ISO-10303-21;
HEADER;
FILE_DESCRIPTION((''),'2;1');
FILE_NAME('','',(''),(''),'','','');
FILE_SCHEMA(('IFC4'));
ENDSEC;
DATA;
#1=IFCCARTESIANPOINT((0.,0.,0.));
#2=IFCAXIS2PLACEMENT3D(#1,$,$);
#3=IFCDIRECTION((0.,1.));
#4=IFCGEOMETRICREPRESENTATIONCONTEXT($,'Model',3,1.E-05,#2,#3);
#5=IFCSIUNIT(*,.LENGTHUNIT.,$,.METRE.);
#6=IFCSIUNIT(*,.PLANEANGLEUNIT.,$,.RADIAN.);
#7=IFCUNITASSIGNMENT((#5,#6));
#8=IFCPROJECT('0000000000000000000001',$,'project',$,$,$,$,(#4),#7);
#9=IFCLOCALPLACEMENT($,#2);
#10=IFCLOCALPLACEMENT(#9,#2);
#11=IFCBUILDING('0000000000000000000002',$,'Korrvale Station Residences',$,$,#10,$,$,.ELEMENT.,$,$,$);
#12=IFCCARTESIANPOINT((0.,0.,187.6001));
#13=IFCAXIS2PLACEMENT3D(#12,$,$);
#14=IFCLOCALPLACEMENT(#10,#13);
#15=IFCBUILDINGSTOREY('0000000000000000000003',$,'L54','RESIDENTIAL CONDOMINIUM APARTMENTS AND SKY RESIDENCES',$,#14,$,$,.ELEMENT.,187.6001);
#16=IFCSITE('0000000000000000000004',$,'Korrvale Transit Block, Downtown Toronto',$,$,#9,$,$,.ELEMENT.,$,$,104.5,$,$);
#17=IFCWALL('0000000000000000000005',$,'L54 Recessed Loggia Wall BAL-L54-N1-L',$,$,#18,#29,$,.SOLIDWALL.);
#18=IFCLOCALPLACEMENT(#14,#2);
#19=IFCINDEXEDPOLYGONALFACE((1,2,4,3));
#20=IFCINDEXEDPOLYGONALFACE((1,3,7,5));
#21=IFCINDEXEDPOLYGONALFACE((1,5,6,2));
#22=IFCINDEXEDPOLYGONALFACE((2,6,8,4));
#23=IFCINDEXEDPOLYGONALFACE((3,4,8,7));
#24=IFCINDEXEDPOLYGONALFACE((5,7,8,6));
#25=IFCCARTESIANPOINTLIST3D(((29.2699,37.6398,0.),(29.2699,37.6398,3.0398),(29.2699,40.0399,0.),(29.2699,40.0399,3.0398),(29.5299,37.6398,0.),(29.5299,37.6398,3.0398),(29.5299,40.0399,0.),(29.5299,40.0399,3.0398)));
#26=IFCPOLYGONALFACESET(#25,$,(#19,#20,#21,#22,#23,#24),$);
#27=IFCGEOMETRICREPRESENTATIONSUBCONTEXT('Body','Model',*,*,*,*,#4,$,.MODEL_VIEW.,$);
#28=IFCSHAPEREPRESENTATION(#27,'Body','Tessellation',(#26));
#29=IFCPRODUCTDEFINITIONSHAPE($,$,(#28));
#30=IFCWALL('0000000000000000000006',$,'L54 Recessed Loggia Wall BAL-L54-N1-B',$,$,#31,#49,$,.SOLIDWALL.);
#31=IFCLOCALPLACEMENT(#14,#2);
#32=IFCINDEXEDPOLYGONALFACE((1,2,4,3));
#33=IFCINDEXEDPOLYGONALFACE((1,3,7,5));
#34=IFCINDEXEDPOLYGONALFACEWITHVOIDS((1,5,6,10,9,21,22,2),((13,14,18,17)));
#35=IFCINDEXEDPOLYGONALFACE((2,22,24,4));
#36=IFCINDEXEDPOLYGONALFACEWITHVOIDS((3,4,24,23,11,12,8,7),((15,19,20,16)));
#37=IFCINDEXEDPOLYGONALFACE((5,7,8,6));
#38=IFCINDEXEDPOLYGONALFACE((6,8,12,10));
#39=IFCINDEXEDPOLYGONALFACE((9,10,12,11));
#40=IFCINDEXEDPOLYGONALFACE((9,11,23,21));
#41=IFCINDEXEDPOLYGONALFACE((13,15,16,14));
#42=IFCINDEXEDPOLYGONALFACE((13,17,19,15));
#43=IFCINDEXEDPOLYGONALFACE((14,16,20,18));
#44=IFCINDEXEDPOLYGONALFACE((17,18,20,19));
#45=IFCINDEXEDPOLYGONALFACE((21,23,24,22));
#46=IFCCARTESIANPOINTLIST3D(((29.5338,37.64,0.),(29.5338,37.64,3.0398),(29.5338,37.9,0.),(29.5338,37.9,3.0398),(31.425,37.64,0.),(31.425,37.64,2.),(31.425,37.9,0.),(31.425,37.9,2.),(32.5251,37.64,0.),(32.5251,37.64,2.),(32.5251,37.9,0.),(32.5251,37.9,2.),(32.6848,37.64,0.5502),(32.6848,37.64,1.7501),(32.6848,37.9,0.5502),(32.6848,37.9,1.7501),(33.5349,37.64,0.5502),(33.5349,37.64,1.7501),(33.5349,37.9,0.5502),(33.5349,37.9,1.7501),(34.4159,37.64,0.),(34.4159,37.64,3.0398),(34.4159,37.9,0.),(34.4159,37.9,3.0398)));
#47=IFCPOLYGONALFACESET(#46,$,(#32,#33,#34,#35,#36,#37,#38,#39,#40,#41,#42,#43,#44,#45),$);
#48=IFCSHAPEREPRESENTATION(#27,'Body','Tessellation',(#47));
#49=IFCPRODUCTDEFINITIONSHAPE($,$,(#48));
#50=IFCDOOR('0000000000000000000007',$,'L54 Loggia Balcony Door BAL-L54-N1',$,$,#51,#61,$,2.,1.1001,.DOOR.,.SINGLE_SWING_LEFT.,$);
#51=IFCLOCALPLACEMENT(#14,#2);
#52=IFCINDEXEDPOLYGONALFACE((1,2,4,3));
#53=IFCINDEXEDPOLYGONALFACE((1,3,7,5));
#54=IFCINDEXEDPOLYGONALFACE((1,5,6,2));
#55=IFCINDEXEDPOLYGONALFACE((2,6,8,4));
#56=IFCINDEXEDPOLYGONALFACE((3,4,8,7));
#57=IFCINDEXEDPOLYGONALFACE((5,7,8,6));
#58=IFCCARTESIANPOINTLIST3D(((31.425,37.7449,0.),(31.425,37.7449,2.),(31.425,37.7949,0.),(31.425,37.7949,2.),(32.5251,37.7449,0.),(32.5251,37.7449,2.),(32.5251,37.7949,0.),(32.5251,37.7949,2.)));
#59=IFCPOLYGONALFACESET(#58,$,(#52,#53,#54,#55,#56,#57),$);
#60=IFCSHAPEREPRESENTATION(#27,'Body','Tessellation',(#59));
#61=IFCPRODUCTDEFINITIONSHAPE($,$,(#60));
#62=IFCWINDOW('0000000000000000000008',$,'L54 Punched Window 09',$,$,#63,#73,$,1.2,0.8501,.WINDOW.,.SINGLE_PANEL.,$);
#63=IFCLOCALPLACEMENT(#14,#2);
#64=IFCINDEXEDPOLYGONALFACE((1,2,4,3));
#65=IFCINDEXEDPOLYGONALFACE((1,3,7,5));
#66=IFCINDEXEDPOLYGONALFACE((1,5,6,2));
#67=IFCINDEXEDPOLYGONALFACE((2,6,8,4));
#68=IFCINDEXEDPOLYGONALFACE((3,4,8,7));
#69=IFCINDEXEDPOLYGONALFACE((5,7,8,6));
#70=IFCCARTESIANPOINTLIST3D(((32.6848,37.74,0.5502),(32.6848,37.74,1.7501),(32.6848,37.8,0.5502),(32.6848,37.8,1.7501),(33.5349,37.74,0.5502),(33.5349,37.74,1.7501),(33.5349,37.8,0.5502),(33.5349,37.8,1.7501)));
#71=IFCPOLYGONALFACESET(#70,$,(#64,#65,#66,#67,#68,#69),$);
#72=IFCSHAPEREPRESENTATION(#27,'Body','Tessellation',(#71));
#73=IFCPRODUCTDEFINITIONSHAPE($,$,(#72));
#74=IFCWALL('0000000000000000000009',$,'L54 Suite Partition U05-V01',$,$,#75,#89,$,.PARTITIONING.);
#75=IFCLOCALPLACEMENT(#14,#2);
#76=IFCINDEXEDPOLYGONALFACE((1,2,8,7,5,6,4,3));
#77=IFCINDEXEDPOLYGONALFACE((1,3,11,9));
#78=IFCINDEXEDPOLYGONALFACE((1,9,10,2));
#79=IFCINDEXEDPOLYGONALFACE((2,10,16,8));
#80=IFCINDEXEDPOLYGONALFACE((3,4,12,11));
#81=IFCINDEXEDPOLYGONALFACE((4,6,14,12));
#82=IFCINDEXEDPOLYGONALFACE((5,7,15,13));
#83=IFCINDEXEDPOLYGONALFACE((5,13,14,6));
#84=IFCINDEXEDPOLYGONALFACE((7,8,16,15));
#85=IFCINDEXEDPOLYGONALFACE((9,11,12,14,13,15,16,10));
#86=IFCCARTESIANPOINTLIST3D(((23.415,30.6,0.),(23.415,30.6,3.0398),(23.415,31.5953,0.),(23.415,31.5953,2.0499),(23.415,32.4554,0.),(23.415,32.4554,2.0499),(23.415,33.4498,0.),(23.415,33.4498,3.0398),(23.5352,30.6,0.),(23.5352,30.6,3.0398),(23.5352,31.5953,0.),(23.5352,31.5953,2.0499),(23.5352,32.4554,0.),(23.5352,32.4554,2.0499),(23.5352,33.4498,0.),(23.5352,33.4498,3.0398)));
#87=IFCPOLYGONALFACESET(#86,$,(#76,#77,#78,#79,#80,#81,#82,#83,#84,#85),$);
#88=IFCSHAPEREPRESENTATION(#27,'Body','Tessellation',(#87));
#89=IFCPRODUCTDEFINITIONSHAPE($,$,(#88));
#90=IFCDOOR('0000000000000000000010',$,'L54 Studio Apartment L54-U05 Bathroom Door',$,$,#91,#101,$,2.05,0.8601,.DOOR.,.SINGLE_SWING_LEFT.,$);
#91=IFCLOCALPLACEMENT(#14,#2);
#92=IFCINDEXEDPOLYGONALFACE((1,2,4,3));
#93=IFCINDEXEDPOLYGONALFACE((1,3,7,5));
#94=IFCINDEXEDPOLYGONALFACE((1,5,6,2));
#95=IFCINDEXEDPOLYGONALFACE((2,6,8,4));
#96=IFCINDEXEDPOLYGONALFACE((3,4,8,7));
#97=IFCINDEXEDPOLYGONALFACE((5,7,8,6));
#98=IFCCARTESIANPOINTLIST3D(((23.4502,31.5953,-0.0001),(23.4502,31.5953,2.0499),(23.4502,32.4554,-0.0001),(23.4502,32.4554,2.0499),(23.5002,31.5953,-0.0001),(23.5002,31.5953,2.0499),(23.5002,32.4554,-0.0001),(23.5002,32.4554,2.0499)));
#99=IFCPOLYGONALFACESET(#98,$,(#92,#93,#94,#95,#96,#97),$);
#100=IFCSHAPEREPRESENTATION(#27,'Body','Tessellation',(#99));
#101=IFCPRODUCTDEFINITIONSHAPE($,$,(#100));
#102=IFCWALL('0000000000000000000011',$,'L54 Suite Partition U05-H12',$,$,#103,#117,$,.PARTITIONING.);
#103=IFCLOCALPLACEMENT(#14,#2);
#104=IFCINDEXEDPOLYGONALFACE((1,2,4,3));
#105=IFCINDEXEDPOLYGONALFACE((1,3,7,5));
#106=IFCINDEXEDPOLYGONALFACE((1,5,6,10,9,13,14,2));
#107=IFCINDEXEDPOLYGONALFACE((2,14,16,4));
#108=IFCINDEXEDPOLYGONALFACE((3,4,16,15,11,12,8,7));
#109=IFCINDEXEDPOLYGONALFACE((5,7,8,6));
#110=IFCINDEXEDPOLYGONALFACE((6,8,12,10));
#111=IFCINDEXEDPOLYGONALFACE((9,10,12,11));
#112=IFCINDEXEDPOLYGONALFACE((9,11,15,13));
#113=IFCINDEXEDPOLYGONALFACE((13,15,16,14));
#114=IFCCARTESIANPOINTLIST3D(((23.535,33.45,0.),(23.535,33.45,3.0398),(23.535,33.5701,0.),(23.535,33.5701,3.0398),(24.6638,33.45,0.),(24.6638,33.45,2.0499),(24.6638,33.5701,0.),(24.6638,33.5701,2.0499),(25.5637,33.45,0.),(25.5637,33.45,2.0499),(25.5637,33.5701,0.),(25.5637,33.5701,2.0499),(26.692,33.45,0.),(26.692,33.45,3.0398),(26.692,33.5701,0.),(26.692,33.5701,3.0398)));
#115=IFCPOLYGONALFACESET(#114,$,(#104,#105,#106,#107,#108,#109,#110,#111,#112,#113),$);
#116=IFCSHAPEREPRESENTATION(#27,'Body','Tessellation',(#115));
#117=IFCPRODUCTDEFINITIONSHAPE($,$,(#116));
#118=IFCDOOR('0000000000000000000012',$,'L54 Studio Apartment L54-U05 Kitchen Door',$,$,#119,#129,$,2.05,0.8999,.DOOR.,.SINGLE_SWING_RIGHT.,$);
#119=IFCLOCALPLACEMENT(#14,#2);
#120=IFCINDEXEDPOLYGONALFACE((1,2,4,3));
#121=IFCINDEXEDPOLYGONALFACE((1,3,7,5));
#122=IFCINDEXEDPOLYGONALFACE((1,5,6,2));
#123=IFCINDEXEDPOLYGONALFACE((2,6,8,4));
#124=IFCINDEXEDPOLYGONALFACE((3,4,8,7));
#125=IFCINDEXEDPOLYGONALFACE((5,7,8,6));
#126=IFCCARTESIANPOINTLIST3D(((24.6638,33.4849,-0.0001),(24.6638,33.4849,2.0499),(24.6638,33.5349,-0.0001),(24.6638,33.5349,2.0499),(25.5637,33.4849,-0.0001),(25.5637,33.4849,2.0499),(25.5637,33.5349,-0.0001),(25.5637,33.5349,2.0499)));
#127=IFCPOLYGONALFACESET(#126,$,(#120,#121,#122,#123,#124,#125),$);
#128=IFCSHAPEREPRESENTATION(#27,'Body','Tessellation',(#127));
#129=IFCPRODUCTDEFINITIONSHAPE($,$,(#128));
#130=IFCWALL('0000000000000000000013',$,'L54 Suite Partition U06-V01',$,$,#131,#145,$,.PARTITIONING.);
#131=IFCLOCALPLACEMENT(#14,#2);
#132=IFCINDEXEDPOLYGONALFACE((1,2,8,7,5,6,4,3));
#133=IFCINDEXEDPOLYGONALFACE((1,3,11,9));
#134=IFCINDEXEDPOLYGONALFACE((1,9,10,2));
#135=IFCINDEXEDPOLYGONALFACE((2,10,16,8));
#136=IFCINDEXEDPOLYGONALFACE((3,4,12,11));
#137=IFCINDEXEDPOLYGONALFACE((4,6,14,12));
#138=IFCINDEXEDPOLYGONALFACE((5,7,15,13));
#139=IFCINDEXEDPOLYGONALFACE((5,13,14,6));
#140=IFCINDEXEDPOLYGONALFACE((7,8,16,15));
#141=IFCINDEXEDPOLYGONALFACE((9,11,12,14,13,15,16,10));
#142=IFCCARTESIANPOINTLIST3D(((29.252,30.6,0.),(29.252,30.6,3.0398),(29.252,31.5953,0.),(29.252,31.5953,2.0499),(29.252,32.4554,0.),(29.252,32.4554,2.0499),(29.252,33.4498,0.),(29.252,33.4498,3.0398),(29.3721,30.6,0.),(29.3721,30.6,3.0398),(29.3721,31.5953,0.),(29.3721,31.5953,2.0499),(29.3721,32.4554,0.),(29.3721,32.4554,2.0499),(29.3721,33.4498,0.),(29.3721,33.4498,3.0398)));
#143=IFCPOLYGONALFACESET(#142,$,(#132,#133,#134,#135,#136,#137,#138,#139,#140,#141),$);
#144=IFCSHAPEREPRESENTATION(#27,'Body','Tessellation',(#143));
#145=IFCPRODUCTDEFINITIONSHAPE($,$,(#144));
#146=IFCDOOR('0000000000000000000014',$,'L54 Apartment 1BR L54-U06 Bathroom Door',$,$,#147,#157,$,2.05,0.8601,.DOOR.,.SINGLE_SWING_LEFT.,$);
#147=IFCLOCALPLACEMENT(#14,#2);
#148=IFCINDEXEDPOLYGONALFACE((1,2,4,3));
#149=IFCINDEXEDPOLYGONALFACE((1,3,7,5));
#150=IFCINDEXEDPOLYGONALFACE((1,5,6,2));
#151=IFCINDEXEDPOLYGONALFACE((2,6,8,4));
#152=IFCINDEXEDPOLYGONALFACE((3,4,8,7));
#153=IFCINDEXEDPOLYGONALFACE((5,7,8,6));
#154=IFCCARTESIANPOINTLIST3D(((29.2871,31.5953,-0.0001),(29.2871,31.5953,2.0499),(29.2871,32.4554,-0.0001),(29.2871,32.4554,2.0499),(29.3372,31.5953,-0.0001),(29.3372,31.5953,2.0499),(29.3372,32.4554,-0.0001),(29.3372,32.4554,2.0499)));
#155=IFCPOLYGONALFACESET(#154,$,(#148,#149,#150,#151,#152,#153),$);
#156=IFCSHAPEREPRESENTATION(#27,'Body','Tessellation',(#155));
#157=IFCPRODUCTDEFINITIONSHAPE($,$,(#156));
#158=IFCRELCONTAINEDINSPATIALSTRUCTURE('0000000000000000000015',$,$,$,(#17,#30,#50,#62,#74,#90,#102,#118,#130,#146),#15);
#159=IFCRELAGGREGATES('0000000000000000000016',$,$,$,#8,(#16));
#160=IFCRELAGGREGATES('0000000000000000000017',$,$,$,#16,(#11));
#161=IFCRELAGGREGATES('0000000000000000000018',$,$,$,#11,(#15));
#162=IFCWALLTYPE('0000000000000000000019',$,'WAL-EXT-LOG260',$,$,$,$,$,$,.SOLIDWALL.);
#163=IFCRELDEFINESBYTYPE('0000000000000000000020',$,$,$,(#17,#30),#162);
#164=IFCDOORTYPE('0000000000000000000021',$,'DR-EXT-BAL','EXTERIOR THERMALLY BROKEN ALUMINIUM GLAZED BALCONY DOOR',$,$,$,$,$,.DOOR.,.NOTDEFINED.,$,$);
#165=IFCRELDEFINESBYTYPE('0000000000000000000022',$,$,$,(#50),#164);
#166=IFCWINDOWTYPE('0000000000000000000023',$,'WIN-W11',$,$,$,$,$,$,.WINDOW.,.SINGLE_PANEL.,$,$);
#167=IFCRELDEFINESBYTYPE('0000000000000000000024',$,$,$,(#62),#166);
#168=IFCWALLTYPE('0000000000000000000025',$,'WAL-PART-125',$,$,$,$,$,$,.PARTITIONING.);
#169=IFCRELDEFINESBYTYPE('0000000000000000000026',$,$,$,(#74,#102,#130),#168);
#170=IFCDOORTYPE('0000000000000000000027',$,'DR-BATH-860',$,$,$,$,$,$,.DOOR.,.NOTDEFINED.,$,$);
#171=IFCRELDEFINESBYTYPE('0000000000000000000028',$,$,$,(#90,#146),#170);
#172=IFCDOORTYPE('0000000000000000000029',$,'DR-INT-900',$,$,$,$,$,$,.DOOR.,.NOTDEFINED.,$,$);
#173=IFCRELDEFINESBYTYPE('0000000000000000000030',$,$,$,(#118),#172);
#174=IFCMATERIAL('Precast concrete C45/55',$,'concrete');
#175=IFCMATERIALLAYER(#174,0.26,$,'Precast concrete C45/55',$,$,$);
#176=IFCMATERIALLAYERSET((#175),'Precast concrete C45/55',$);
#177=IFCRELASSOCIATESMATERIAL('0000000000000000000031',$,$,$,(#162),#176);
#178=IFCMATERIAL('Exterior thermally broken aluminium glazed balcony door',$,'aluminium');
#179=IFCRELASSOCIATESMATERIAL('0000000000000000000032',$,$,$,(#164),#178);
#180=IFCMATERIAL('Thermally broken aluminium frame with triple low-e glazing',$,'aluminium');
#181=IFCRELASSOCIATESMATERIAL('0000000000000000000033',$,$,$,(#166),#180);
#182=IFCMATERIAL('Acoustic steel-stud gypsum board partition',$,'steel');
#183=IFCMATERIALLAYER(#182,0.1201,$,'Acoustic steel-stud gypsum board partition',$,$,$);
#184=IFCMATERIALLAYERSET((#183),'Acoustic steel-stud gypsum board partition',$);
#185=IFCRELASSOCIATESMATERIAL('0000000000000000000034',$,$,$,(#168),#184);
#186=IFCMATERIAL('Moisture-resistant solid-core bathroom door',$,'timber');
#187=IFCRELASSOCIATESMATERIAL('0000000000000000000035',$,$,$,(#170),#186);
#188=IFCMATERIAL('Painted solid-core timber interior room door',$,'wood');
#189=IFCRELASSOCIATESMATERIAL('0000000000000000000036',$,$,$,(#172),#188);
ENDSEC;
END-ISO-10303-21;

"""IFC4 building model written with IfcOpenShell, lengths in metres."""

from ifc_helpers import new_model, si_unit, direction, frame, frame_2d, origin, place, context, subcontext, project, spatial, rectangle, extrude, material, layer, layer_set, type_object, element, fill, save


model = new_model("IFC4")

# Units and contexts
model_context = context("Model", 3, precision=1e-05, world=origin(), true_north=direction((0.0, 1.0)))
body_context = subcontext(model_context, "Body", "Model", "MODEL_VIEW")
ifc_project = project(units=[si_unit("LENGTHUNIT", "METRE"), si_unit("PLANEANGLEUNIT", "RADIAN")], contexts=[model_context])

# Site, building, storey
site_placement = place(None, origin())
site = spatial("IfcSite", under=ifc_project, at=site_placement, Name="Korrvale Transit Block, Downtown Toronto", CompositionType="ELEMENT", RefElevation=104.5)
building_placement = place(site_placement, origin())
building = spatial("IfcBuilding", under=site, at=building_placement, Name="Korrvale Station Residences", CompositionType="ELEMENT")
storey_placement = place(building_placement, frame((0.0, 0.0, 187.6001)))
storey = spatial("IfcBuildingStorey", under=building, at=storey_placement, Name="L54", Description="RESIDENTIAL CONDOMINIUM APARTMENTS AND SKY RESIDENCES", CompositionType="ELEMENT", Elevation=187.6001)

# Wall
ifc_material_1 = material(Name="Precast concrete C45/55", Category="concrete")
ifc_layer_1 = layer(ifc_material_1, 0.26, Name="Precast concrete C45/55")
ifc_layer_set_1 = layer_set([ifc_layer_1], Name="Precast concrete C45/55")
wall_type_1 = type_object("IfcWallType", Name="WAL-EXT-LOG260", PredefinedType="SOLIDWALL", material=ifc_layer_set_1)
wall_1_placement = place(storey_placement, frame((29.3999, 40.04, 0.0), z_axis=(0.0, 0.0, 1.0), x_axis=(0.0, -1.0, 0.0)))
element("IfcWall", 1, at=wall_1_placement, inside=storey, type_object=wall_type_1, Name="L54 Recessed Loggia Wall BAL-L54-N1-L", PredefinedType="SOLIDWALL", context=body_context, shape_type="SweptSolid", body=[
    extrude(rectangle(XDim=2.4001, YDim=0.26, at=frame_2d((1.2002, 0.0))), origin(), (0.0, 0.0, 1.0), 3.0398),
])

# Wall, openings, door, window
wall_2_placement = place(storey_placement, frame((29.5339, 37.77, 0.0), z_axis=(0.0, 0.0, 1.0), x_axis=(1.0, 0.0, 0.0)))
wall_2 = element("IfcWall", 2, at=wall_2_placement, inside=storey, type_object=wall_type_1, Name="L54 Recessed Loggia Wall BAL-L54-N1-B", PredefinedType="SOLIDWALL", context=body_context, shape_type="SweptSolid", body=[
    extrude(rectangle(XDim=4.8821, YDim=0.26, at=frame_2d((2.4409, 0.0))), origin(), (0.0, 0.0, 1.0), 3.0398),
])
opening_1_placement = place(wall_2_placement, frame((1.8911, 0.0, 0.0)))
opening_1 = element("IfcOpeningElement", 3, at=opening_1_placement, cuts=wall_2, PredefinedType="OPENING", context=body_context, shape_type="SweptSolid", body=[
    extrude(rectangle(XDim=1.1001, YDim=2.0, at=frame_2d((0.55, 1.0))), frame((0.0, 0.1401, 0.0), z_axis=(0.0, -1.0, 0.0), x_axis=(1.0, 0.0, 0.0)), (0.0, 0.0, 1.0), 0.28),
])
opening_2_placement = place(wall_2_placement, frame((3.1509, 0.0, 0.55)))
opening_2 = element("IfcOpeningElement", 4, at=opening_2_placement, cuts=wall_2, PredefinedType="OPENING", context=body_context, shape_type="SweptSolid", body=[
    extrude(rectangle(XDim=0.8501, YDim=1.2, at=frame_2d((0.425, 0.6001))), frame((0.0, 0.1401, 0.0), z_axis=(0.0, -1.0, 0.0), x_axis=(1.0, 0.0, 0.0)), (0.0, 0.0, 1.0), 0.28),
])
ifc_material_2 = material(Name="Exterior thermally broken aluminium glazed balcony door", Category="aluminium")
door_type_1 = type_object("IfcDoorType", Name="DR-EXT-BAL", Description="EXTERIOR THERMALLY BROKEN ALUMINIUM GLAZED BALCONY DOOR", OperationType="NOTDEFINED", PredefinedType="DOOR", material=ifc_material_2)
door_1_placement = place(opening_1_placement, origin())
door_1 = element("IfcDoor", 5, at=door_1_placement, inside=storey, type_object=door_type_1, Name="L54 Loggia Balcony Door BAL-L54-N1", OperationType="SINGLE_SWING_LEFT", OverallHeight=2.0, OverallWidth=1.1001, PredefinedType="DOOR", context=body_context, shape_type="SweptSolid", body=[
    extrude(rectangle(XDim=1.1001, YDim=2.0, at=frame_2d((0.55, 1.0))), frame((0.0, 0.0249, 0.0), z_axis=(0.0, -1.0, 0.0), x_axis=(1.0, 0.0, 0.0)), (0.0, 0.0, 1.0), 0.05),
])
fill(opening_1, door_1)
ifc_material_3 = material(Name="Thermally broken aluminium frame with triple low-e glazing", Category="aluminium")
window_type = type_object("IfcWindowType", Name="WIN-W11", PartitioningType="SINGLE_PANEL", PredefinedType="WINDOW", material=ifc_material_3)
window_placement = place(opening_2_placement, origin())
window = element("IfcWindow", 6, at=window_placement, inside=storey, type_object=window_type, Name="L54 Punched Window 09", OverallHeight=1.2, OverallWidth=0.8501, PartitioningType="SINGLE_PANEL", PredefinedType="WINDOW", context=body_context, shape_type="SweptSolid", body=[
    extrude(rectangle(XDim=0.8501, YDim=1.2, at=frame_2d((0.425, 0.6001))), frame((0.0, 0.03, 0.0), z_axis=(0.0, -1.0, 0.0), x_axis=(1.0, 0.0, 0.0)), (0.0, 0.0, 1.0), 0.0601),
])
fill(opening_2, window)

# Walls, openings, doors
ifc_material_4 = material(Name="Acoustic steel-stud gypsum board partition", Category="steel")
ifc_layer_2 = layer(ifc_material_4, 0.1201, Name="Acoustic steel-stud gypsum board partition")
ifc_layer_set_2 = layer_set([ifc_layer_2], Name="Acoustic steel-stud gypsum board partition")
wall_type_2 = type_object("IfcWallType", Name="WAL-PART-125", PredefinedType="PARTITIONING", material=ifc_layer_set_2)
wall_3_placement = place(storey_placement, frame((23.4751, 30.6001, 0.0), z_axis=(0.0, 0.0, 1.0), x_axis=(0.0, 1.0, 0.0)))
wall_3 = element("IfcWall", 7, at=wall_3_placement, inside=storey, type_object=wall_type_2, Name="L54 Suite Partition U05-V01", PredefinedType="PARTITIONING", context=body_context, shape_type="SweptSolid", body=[
    extrude(rectangle(XDim=2.8499, YDim=0.1201, at=frame_2d((1.4248, 0.0))), origin(), (0.0, 0.0, 1.0), 3.0398),
])
opening_3_placement = place(wall_3_placement, frame((0.9951, 0.0, 0.0)))
opening_3 = element("IfcOpeningElement", 8, at=opening_3_placement, cuts=wall_3, PredefinedType="OPENING", context=body_context, shape_type="SweptSolid", body=[
    extrude(rectangle(XDim=0.8601, YDim=2.05, at=frame_2d((0.4302, 1.0249))), frame((0.0, 0.0701, 0.0), z_axis=(0.0, -1.0, 0.0), x_axis=(1.0, 0.0, 0.0)), (0.0, 0.0, 1.0), 0.1401),
])
ifc_material_5 = material(Name="Moisture-resistant solid-core bathroom door", Category="timber")
door_type_2 = type_object("IfcDoorType", Name="DR-BATH-860", OperationType="NOTDEFINED", PredefinedType="DOOR", material=ifc_material_5)
door_2_placement = place(opening_3_placement, origin())
door_2 = element("IfcDoor", 9, at=door_2_placement, inside=storey, type_object=door_type_2, Name="L54 Studio Apartment L54-U05 Bathroom Door", OperationType="SINGLE_SWING_LEFT", OverallHeight=2.05, OverallWidth=0.8601, PredefinedType="DOOR", context=body_context, shape_type="SweptSolid", body=[
    extrude(rectangle(XDim=0.8601, YDim=2.05, at=frame_2d((0.4302, 1.0249))), frame((0.0, 0.0249, 0.0), z_axis=(0.0, -1.0, 0.0), x_axis=(1.0, 0.0, 0.0)), (0.0, 0.0, 1.0), 0.05),
])
fill(opening_3, door_2)
wall_4_placement = place(storey_placement, frame((23.5349, 33.51, 0.0), z_axis=(0.0, 0.0, 1.0), x_axis=(1.0, 0.0, 0.0)))
wall_4 = element("IfcWall", 10, at=wall_4_placement, inside=storey, type_object=wall_type_2, Name="L54 Suite Partition U05-H12", PredefinedType="PARTITIONING", context=body_context, shape_type="SweptSolid", body=[
    extrude(rectangle(XDim=3.157, YDim=0.1201, at=frame_2d((1.5786, 0.0))), origin(), (0.0, 0.0, 1.0), 3.0398),
])
opening_4_placement = place(wall_4_placement, frame((1.1289, 0.0, 0.0)))
opening_4 = element("IfcOpeningElement", 11, at=opening_4_placement, cuts=wall_4, PredefinedType="OPENING", context=body_context, shape_type="SweptSolid", body=[
    extrude(rectangle(XDim=0.8999, YDim=2.05, at=frame_2d((0.45, 1.0249))), frame((0.0, 0.0701, 0.0), z_axis=(0.0, -1.0, 0.0), x_axis=(1.0, 0.0, 0.0)), (0.0, 0.0, 1.0), 0.1401),
])
ifc_material_6 = material(Name="Painted solid-core timber interior room door", Category="wood")
door_type_3 = type_object("IfcDoorType", Name="DR-INT-900", OperationType="NOTDEFINED", PredefinedType="DOOR", material=ifc_material_6)
door_3_placement = place(opening_4_placement, origin())
door_3 = element("IfcDoor", 12, at=door_3_placement, inside=storey, type_object=door_type_3, Name="L54 Studio Apartment L54-U05 Kitchen Door", OperationType="SINGLE_SWING_RIGHT", OverallHeight=2.05, OverallWidth=0.8999, PredefinedType="DOOR", context=body_context, shape_type="SweptSolid", body=[
    extrude(rectangle(XDim=0.8999, YDim=2.05, at=frame_2d((0.45, 1.0249))), frame((0.0, 0.0249, 0.0), z_axis=(0.0, -1.0, 0.0), x_axis=(1.0, 0.0, 0.0)), (0.0, 0.0, 1.0), 0.05),
])
fill(opening_4, door_3)
wall_5_placement = place(storey_placement, frame((29.312, 30.6001, 0.0), z_axis=(0.0, 0.0, 1.0), x_axis=(0.0, 1.0, 0.0)))
wall_5 = element("IfcWall", 13, at=wall_5_placement, inside=storey, type_object=wall_type_2, Name="L54 Suite Partition U06-V01", PredefinedType="PARTITIONING", context=body_context, shape_type="SweptSolid", body=[
    extrude(rectangle(XDim=2.8499, YDim=0.1201, at=frame_2d((1.4248, 0.0))), origin(), (0.0, 0.0, 1.0), 3.0398),
])
opening_5_placement = place(wall_5_placement, frame((0.9951, 0.0, 0.0)))
opening_5 = element("IfcOpeningElement", 14, at=opening_5_placement, cuts=wall_5, PredefinedType="OPENING", context=body_context, shape_type="SweptSolid", body=[
    extrude(rectangle(XDim=0.8601, YDim=2.05, at=frame_2d((0.4302, 1.0249))), frame((0.0, 0.0701, 0.0), z_axis=(0.0, -1.0, 0.0), x_axis=(1.0, 0.0, 0.0)), (0.0, 0.0, 1.0), 0.1401),
])
door_4_placement = place(opening_5_placement, origin())
door_4 = element("IfcDoor", 15, at=door_4_placement, inside=storey, type_object=door_type_2, Name="L54 Apartment 1BR L54-U06 Bathroom Door", OperationType="SINGLE_SWING_LEFT", OverallHeight=2.05, OverallWidth=0.8601, PredefinedType="DOOR", context=body_context, shape_type="SweptSolid", body=[
    extrude(rectangle(XDim=0.8601, YDim=2.05, at=frame_2d((0.4302, 1.0249))), frame((0.0, 0.0249, 0.0), z_axis=(0.0, -1.0, 0.0), x_axis=(1.0, 0.0, 0.0)), (0.0, 0.0, 1.0), 0.05),
])
fill(opening_5, door_4)

save(model, "model.ifc")
